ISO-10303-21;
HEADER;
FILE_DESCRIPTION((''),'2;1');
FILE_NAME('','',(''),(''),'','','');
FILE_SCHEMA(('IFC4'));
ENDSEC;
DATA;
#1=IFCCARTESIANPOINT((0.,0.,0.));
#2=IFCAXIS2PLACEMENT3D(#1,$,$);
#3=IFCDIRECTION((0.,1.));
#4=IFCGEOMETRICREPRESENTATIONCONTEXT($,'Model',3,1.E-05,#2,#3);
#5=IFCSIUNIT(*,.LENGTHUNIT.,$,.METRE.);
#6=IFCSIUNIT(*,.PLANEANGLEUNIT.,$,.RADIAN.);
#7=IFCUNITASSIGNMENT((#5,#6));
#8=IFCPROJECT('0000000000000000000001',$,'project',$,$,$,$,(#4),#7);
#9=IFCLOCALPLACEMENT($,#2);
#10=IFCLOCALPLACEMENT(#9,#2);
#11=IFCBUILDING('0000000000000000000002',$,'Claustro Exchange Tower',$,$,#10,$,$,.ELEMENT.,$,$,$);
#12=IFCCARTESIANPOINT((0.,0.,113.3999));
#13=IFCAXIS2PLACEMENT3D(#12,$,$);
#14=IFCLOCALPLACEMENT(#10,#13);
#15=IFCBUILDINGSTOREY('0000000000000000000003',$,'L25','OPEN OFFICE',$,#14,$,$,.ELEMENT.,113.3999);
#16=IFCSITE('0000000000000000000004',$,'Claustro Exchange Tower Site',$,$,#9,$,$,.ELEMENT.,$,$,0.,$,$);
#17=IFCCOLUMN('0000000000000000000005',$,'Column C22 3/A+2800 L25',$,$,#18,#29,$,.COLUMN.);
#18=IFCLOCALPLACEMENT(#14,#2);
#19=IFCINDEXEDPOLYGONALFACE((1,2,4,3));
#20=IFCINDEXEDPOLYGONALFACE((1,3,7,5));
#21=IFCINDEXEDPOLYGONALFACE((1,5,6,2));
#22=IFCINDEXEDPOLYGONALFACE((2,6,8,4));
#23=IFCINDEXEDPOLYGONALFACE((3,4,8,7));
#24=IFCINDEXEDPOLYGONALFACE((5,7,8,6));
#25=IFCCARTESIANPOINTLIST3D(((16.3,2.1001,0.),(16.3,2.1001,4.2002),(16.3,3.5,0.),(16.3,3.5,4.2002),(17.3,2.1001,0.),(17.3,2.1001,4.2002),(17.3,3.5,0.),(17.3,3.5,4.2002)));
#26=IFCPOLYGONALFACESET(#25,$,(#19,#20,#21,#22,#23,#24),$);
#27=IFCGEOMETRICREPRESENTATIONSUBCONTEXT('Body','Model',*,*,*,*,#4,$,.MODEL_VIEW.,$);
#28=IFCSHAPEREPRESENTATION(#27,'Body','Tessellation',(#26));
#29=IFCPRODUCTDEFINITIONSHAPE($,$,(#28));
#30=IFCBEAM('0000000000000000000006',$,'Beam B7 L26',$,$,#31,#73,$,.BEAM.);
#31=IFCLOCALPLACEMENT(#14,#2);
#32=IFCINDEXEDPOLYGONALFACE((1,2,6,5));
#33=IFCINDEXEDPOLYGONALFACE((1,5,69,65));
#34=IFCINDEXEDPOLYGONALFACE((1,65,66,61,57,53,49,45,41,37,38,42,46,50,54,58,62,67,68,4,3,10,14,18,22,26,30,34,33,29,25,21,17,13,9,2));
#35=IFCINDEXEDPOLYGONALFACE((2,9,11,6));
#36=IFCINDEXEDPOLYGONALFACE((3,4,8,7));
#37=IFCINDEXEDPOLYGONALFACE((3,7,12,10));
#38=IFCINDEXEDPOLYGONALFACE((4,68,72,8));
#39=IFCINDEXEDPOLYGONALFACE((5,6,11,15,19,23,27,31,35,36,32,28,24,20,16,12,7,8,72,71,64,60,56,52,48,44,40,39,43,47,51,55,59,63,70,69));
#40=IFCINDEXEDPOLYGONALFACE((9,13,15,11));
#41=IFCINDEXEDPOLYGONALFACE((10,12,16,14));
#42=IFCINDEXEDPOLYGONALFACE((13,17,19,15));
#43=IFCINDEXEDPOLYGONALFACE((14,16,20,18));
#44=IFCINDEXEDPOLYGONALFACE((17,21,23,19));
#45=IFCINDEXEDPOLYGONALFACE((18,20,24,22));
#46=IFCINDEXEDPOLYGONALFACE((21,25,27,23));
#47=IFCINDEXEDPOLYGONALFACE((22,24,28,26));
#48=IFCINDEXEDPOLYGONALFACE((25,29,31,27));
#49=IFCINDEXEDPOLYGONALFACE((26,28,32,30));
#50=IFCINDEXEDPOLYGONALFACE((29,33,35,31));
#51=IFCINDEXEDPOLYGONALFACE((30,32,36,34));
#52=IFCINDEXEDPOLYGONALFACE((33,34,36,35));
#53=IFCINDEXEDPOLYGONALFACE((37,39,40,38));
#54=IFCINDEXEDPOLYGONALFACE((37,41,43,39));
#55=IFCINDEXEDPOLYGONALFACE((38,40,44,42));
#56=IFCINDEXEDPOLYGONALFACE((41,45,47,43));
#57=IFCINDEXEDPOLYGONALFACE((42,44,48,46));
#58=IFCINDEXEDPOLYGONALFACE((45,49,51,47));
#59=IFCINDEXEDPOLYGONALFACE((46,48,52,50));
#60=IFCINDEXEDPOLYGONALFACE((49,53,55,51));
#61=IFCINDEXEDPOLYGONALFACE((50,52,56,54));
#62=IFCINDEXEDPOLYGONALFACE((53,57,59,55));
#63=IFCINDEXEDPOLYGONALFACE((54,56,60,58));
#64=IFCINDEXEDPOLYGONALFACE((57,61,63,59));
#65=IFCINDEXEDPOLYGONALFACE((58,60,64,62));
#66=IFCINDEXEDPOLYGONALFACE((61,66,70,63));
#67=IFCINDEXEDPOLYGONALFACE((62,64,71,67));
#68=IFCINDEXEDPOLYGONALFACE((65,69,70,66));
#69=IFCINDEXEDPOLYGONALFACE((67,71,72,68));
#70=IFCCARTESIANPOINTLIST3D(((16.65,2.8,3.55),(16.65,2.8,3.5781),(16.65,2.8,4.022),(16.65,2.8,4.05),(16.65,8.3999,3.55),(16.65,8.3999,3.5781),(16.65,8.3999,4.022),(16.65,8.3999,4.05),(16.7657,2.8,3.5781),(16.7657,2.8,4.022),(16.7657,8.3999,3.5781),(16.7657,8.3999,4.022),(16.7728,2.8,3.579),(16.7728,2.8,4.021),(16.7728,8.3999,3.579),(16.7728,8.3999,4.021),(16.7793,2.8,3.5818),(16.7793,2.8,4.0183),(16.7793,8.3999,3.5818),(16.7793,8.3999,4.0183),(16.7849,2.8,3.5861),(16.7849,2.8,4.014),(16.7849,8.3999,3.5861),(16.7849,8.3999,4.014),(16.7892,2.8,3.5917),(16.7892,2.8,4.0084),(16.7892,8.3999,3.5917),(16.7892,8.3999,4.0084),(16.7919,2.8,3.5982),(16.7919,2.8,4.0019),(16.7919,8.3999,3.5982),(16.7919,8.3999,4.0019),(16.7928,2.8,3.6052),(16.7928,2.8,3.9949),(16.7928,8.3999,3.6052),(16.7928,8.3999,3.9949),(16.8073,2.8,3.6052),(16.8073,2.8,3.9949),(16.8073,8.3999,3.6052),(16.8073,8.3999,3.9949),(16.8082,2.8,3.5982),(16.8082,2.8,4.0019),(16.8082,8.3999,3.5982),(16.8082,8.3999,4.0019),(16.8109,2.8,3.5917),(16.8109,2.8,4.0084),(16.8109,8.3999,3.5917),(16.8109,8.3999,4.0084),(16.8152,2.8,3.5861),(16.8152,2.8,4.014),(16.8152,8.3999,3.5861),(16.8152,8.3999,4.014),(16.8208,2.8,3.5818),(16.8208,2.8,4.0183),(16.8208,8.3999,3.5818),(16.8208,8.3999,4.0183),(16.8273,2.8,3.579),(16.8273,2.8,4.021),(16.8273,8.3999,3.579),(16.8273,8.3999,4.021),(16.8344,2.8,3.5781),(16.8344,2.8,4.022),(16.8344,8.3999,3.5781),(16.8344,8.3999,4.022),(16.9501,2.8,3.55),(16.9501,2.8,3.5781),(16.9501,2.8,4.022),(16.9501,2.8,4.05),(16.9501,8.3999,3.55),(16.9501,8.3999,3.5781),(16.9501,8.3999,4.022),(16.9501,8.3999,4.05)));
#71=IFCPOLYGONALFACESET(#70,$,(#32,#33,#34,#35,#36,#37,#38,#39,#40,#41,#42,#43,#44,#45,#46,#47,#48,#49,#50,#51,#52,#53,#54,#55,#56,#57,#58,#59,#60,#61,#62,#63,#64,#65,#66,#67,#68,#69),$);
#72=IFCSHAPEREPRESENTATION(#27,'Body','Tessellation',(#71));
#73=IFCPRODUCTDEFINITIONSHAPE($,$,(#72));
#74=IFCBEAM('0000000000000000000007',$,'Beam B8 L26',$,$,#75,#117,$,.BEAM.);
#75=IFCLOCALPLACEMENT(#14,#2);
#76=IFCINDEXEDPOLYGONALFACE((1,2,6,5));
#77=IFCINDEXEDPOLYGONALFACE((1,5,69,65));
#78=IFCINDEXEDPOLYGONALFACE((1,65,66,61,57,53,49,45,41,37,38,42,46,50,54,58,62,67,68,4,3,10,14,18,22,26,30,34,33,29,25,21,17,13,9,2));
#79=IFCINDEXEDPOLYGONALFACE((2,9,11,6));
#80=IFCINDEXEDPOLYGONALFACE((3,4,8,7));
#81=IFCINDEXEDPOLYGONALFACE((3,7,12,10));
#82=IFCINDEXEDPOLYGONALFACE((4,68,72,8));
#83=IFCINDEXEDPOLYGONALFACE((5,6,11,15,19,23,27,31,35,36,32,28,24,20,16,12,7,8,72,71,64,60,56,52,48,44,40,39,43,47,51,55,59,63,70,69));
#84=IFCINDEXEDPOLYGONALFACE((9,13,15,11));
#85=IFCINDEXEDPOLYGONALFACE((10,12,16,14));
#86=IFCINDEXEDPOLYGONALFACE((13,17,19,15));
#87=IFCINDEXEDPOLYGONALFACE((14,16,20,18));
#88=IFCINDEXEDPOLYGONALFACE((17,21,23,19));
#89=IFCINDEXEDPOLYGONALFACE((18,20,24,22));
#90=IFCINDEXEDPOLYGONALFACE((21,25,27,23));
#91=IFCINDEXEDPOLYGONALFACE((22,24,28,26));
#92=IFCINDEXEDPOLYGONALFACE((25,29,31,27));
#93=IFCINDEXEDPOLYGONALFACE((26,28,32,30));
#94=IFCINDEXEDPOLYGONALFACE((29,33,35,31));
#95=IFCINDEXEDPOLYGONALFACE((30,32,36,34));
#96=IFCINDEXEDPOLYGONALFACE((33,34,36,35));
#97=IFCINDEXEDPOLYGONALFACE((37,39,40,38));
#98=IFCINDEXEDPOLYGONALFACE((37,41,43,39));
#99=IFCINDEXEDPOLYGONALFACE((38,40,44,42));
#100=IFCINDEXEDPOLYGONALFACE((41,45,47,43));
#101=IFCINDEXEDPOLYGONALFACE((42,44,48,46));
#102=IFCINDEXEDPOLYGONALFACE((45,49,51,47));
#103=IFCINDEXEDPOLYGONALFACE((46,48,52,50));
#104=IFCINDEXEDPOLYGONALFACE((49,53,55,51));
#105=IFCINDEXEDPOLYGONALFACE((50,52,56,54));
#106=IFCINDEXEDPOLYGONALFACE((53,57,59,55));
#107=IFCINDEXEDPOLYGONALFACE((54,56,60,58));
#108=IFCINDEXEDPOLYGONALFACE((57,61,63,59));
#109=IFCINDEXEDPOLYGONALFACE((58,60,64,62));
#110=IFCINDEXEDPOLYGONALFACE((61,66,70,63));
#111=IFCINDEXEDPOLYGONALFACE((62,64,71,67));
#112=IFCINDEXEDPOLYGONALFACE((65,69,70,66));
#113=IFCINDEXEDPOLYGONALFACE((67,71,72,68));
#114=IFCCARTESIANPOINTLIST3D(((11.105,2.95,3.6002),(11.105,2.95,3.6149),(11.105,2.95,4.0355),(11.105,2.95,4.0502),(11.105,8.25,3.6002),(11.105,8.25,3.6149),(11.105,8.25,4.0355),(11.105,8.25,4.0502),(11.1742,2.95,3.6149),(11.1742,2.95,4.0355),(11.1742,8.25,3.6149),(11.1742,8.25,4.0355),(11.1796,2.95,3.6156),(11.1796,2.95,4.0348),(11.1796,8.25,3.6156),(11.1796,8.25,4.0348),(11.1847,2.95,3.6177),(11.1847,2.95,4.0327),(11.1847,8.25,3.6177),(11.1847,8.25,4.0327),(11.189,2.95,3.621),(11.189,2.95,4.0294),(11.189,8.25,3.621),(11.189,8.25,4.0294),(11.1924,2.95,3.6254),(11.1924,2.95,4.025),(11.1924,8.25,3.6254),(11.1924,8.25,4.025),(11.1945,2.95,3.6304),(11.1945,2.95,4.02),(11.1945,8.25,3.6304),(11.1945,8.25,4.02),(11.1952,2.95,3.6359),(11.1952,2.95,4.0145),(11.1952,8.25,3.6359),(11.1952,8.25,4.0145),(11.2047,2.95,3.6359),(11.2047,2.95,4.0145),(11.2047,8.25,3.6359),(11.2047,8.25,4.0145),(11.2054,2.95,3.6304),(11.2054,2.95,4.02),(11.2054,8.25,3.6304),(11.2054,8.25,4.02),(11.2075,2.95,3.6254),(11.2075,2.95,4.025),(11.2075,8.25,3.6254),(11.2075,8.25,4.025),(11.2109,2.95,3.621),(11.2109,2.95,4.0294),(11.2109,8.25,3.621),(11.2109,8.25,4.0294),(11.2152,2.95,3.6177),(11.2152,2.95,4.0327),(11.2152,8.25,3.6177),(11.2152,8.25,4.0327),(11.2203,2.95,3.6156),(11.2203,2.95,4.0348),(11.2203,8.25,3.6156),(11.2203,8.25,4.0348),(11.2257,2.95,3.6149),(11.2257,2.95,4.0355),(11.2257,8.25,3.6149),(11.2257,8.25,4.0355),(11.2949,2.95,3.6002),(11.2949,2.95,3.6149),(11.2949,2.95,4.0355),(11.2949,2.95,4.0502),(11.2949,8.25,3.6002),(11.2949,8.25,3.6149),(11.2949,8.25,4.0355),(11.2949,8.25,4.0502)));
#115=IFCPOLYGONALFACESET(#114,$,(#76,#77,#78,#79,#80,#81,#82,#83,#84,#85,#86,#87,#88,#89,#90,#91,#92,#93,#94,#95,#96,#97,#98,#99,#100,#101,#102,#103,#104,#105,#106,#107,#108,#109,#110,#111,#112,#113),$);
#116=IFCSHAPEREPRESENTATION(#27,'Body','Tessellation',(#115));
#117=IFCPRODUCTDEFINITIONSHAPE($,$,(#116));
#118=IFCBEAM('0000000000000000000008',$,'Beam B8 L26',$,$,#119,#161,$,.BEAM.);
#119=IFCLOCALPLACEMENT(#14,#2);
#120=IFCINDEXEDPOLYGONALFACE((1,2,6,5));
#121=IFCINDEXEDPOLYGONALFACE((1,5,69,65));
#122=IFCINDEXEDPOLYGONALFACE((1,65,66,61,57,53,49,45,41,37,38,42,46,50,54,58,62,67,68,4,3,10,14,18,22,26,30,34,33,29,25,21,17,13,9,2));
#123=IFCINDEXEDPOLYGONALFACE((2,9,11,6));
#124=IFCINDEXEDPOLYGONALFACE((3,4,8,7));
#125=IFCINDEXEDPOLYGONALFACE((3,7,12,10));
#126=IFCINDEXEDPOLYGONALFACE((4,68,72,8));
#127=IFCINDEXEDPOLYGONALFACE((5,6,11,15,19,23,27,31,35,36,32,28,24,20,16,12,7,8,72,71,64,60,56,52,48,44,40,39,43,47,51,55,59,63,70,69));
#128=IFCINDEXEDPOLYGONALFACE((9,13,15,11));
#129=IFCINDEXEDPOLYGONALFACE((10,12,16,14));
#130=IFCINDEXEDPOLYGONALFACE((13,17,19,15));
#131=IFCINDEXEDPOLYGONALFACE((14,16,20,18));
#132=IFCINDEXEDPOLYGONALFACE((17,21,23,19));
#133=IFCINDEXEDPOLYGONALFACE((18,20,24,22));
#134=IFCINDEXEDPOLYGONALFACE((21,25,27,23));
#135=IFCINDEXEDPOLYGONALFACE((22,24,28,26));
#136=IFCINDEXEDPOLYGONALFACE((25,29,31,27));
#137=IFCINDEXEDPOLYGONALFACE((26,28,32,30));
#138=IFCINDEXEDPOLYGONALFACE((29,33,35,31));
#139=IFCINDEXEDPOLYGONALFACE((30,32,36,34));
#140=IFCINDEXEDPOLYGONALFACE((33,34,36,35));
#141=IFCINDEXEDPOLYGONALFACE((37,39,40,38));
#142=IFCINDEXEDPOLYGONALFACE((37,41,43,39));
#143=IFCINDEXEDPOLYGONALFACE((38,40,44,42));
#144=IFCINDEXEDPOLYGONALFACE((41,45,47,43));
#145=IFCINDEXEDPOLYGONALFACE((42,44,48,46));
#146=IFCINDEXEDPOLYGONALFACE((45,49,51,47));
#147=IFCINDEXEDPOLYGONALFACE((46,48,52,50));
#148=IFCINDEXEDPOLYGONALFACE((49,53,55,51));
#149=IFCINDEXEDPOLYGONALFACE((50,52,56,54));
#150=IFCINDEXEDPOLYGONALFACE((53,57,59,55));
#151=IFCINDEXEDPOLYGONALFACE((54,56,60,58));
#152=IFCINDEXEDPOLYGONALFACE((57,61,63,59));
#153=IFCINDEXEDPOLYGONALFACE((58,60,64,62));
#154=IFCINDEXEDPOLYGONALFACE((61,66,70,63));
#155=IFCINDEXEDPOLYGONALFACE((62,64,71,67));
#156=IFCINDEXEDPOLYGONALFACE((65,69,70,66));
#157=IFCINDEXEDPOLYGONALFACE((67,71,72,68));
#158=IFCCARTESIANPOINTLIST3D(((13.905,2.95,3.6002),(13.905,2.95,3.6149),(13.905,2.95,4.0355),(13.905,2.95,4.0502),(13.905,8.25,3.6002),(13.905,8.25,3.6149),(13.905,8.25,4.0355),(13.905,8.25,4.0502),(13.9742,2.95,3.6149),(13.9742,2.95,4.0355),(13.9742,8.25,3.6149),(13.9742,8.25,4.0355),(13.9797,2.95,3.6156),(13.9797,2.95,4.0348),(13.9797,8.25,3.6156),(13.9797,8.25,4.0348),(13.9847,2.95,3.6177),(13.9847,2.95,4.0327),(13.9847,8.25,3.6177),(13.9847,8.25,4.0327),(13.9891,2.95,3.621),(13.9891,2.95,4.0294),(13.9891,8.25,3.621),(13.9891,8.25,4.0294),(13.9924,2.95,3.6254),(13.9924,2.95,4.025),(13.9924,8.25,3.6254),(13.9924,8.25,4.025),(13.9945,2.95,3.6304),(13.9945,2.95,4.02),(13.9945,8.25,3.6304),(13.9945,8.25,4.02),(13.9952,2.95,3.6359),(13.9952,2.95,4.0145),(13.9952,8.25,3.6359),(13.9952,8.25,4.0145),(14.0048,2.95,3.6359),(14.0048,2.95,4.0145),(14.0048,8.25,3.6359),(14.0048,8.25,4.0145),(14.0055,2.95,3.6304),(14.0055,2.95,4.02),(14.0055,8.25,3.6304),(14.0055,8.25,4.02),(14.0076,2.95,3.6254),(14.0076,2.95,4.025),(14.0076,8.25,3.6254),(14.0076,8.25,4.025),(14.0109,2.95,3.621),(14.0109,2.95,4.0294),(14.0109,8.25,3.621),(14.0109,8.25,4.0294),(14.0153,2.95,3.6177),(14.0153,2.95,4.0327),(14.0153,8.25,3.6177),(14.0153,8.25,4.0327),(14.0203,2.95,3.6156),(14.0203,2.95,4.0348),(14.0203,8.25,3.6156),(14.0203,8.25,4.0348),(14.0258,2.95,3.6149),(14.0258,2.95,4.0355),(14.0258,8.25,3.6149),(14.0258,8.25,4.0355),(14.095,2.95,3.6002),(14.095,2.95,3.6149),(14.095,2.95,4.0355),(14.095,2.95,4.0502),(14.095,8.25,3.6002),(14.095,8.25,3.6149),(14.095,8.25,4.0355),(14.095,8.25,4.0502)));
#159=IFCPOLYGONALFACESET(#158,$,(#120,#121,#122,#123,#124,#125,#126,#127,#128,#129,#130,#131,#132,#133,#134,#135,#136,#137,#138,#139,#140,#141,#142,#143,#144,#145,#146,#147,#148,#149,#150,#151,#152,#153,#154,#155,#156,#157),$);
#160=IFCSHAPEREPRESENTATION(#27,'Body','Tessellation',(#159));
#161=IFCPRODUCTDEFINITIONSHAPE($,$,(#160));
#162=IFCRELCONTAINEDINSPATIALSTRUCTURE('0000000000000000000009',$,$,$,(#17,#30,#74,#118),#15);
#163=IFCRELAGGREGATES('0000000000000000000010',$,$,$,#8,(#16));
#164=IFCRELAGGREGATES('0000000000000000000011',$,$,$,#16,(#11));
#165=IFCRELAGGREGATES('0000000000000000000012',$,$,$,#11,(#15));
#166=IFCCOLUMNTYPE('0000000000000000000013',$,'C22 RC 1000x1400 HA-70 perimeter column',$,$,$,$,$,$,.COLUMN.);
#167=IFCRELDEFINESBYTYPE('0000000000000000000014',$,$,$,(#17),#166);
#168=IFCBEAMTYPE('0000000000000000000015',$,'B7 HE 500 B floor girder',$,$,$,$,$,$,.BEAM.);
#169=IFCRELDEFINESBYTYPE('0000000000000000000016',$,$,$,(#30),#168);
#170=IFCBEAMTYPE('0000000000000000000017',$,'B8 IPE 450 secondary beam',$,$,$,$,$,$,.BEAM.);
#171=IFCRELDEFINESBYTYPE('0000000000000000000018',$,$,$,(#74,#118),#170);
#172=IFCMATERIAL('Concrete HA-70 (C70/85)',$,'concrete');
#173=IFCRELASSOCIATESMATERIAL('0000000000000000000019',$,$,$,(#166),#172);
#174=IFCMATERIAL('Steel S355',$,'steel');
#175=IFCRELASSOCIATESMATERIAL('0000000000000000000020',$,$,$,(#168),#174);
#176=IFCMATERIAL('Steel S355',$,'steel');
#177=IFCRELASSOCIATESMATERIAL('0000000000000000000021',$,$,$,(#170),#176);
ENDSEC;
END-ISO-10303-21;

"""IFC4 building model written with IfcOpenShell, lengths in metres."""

from ifc_helpers import new_model, si_unit, direction, frame, origin, origin_2d, place, context, subcontext, project, spatial, rectangle, i_section, extrude, material, material_profile, profile_set, type_object, element, save


model = new_model("IFC4")

# Units and contexts
model_context = context("Model", 3, precision=1e-05, world=origin(), true_north=direction((0.0, 1.0)))
body_context = subcontext(model_context, "Body", "Model", "MODEL_VIEW")
ifc_project = project(units=[si_unit("LENGTHUNIT", "METRE"), si_unit("PLANEANGLEUNIT", "RADIAN")], contexts=[model_context])

# Site, building, storey
site_placement = place(None, origin())
site = spatial("IfcSite", under=ifc_project, at=site_placement, Name="Claustro Exchange Tower Site", CompositionType="ELEMENT", RefElevation=0.0)
building_placement = place(site_placement, origin())
building = spatial("IfcBuilding", under=site, at=building_placement, Name="Claustro Exchange Tower", CompositionType="ELEMENT")
storey_placement = place(building_placement, frame((0.0, 0.0, 113.3999)))
storey = spatial("IfcBuildingStorey", under=building, at=storey_placement, Name="L25", Description="OPEN OFFICE", CompositionType="ELEMENT", Elevation=113.3999)

# Column
ifc_material_1 = material(Name="Concrete HA-70 (C70/85)", Category="concrete")
ifc_material_profile_1 = material_profile(ifc_material_1, rectangle(XDim=1.0, YDim=1.3999, at=origin_2d()), Name="RC 1000x1400")
ifc_profile_set_1 = profile_set([ifc_material_profile_1], Name="Concrete HA-70 (C70/85)")
column_type = type_object("IfcColumnType", Name="C22 RC 1000x1400 HA-70 perimeter column", PredefinedType="COLUMN", material=ifc_profile_set_1)
column_placement = place(storey_placement, frame((16.8, 2.8, 0.0), z_axis=(0.0, 0.0, 1.0), x_axis=(1.0, 0.0, 0.0)))
element("IfcColumn", 1, at=column_placement, inside=storey, type_object=column_type, Name="Column C22 3/A+2800 L25", PredefinedType="COLUMN", context=body_context, shape_type="SweptSolid", body=[
    extrude(rectangle(XDim=1.0, YDim=1.3999, at=origin_2d()), origin(), (0.0, 0.0, 1.0), 4.2002),
])

# Beams
ifc_material_2 = material(Name="Steel S355", Category="steel")
ifc_material_profile_2 = material_profile(ifc_material_2, i_section(OverallWidth=0.3, OverallDepth=0.5, WebThickness=0.0144, FlangeThickness=0.0281, FilletRadius=0.0271, at=origin_2d()), Name="HE 500 B")
ifc_profile_set_2 = profile_set([ifc_material_profile_2], Name="Steel S355")
beam_type_1 = type_object("IfcBeamType", Name="B7 HE 500 B floor girder", PredefinedType="BEAM", material=ifc_profile_set_2)
beam_1_placement = place(storey_placement, frame((16.8, 2.8, 3.8), z_axis=(0.0, 1.0, 0.0), x_axis=(-1.0, 0.0, 0.0)))
element("IfcBeam", 2, at=beam_1_placement, inside=storey, type_object=beam_type_1, Name="Beam B7 L26", PredefinedType="BEAM", context=body_context, shape_type="SweptSolid", body=[
    extrude(i_section(OverallWidth=0.3, OverallDepth=0.5, WebThickness=0.0144, FlangeThickness=0.0281, FilletRadius=0.0271, at=origin_2d()), origin(), (0.0, 0.0, 1.0), 5.5999),
])
ifc_material_3 = material(Name="Steel S355", Category="steel")
ifc_material_profile_3 = material_profile(ifc_material_3, i_section(OverallWidth=0.1899, OverallDepth=0.45, WebThickness=0.0095, FlangeThickness=0.0146, FilletRadius=0.021, at=origin_2d()), Name="IPE 450")
ifc_profile_set_3 = profile_set([ifc_material_profile_3], Name="Steel S355")
beam_type_2 = type_object("IfcBeamType", Name="B8 IPE 450 secondary beam", PredefinedType="BEAM", material=ifc_profile_set_3)
for number, where, z_axis, x_axis, name in (
    (3, (11.2, 2.95, 3.8252), (0.0, 1.0, 0.0), (-1.0, 0.0, 0.0), "Beam B8 L26"),
    (4, (14.0, 2.95, 3.8252), (0.0, 1.0, 0.0), (-1.0, 0.0, 0.0), "Beam B8 L26"),
):
    element("IfcBeam", number, at=place(storey_placement, frame(where, z_axis=z_axis, x_axis=x_axis)), inside=storey, type_object=beam_type_2, Name=name, PredefinedType="BEAM", context=body_context, shape_type="SweptSolid", body=[
        extrude(i_section(OverallWidth=0.1899, OverallDepth=0.45, WebThickness=0.0095, FlangeThickness=0.0146, FilletRadius=0.021, at=origin_2d()), origin(), (0.0, 0.0, 1.0), 5.3),
    ])

save(model, "model.ifc")
